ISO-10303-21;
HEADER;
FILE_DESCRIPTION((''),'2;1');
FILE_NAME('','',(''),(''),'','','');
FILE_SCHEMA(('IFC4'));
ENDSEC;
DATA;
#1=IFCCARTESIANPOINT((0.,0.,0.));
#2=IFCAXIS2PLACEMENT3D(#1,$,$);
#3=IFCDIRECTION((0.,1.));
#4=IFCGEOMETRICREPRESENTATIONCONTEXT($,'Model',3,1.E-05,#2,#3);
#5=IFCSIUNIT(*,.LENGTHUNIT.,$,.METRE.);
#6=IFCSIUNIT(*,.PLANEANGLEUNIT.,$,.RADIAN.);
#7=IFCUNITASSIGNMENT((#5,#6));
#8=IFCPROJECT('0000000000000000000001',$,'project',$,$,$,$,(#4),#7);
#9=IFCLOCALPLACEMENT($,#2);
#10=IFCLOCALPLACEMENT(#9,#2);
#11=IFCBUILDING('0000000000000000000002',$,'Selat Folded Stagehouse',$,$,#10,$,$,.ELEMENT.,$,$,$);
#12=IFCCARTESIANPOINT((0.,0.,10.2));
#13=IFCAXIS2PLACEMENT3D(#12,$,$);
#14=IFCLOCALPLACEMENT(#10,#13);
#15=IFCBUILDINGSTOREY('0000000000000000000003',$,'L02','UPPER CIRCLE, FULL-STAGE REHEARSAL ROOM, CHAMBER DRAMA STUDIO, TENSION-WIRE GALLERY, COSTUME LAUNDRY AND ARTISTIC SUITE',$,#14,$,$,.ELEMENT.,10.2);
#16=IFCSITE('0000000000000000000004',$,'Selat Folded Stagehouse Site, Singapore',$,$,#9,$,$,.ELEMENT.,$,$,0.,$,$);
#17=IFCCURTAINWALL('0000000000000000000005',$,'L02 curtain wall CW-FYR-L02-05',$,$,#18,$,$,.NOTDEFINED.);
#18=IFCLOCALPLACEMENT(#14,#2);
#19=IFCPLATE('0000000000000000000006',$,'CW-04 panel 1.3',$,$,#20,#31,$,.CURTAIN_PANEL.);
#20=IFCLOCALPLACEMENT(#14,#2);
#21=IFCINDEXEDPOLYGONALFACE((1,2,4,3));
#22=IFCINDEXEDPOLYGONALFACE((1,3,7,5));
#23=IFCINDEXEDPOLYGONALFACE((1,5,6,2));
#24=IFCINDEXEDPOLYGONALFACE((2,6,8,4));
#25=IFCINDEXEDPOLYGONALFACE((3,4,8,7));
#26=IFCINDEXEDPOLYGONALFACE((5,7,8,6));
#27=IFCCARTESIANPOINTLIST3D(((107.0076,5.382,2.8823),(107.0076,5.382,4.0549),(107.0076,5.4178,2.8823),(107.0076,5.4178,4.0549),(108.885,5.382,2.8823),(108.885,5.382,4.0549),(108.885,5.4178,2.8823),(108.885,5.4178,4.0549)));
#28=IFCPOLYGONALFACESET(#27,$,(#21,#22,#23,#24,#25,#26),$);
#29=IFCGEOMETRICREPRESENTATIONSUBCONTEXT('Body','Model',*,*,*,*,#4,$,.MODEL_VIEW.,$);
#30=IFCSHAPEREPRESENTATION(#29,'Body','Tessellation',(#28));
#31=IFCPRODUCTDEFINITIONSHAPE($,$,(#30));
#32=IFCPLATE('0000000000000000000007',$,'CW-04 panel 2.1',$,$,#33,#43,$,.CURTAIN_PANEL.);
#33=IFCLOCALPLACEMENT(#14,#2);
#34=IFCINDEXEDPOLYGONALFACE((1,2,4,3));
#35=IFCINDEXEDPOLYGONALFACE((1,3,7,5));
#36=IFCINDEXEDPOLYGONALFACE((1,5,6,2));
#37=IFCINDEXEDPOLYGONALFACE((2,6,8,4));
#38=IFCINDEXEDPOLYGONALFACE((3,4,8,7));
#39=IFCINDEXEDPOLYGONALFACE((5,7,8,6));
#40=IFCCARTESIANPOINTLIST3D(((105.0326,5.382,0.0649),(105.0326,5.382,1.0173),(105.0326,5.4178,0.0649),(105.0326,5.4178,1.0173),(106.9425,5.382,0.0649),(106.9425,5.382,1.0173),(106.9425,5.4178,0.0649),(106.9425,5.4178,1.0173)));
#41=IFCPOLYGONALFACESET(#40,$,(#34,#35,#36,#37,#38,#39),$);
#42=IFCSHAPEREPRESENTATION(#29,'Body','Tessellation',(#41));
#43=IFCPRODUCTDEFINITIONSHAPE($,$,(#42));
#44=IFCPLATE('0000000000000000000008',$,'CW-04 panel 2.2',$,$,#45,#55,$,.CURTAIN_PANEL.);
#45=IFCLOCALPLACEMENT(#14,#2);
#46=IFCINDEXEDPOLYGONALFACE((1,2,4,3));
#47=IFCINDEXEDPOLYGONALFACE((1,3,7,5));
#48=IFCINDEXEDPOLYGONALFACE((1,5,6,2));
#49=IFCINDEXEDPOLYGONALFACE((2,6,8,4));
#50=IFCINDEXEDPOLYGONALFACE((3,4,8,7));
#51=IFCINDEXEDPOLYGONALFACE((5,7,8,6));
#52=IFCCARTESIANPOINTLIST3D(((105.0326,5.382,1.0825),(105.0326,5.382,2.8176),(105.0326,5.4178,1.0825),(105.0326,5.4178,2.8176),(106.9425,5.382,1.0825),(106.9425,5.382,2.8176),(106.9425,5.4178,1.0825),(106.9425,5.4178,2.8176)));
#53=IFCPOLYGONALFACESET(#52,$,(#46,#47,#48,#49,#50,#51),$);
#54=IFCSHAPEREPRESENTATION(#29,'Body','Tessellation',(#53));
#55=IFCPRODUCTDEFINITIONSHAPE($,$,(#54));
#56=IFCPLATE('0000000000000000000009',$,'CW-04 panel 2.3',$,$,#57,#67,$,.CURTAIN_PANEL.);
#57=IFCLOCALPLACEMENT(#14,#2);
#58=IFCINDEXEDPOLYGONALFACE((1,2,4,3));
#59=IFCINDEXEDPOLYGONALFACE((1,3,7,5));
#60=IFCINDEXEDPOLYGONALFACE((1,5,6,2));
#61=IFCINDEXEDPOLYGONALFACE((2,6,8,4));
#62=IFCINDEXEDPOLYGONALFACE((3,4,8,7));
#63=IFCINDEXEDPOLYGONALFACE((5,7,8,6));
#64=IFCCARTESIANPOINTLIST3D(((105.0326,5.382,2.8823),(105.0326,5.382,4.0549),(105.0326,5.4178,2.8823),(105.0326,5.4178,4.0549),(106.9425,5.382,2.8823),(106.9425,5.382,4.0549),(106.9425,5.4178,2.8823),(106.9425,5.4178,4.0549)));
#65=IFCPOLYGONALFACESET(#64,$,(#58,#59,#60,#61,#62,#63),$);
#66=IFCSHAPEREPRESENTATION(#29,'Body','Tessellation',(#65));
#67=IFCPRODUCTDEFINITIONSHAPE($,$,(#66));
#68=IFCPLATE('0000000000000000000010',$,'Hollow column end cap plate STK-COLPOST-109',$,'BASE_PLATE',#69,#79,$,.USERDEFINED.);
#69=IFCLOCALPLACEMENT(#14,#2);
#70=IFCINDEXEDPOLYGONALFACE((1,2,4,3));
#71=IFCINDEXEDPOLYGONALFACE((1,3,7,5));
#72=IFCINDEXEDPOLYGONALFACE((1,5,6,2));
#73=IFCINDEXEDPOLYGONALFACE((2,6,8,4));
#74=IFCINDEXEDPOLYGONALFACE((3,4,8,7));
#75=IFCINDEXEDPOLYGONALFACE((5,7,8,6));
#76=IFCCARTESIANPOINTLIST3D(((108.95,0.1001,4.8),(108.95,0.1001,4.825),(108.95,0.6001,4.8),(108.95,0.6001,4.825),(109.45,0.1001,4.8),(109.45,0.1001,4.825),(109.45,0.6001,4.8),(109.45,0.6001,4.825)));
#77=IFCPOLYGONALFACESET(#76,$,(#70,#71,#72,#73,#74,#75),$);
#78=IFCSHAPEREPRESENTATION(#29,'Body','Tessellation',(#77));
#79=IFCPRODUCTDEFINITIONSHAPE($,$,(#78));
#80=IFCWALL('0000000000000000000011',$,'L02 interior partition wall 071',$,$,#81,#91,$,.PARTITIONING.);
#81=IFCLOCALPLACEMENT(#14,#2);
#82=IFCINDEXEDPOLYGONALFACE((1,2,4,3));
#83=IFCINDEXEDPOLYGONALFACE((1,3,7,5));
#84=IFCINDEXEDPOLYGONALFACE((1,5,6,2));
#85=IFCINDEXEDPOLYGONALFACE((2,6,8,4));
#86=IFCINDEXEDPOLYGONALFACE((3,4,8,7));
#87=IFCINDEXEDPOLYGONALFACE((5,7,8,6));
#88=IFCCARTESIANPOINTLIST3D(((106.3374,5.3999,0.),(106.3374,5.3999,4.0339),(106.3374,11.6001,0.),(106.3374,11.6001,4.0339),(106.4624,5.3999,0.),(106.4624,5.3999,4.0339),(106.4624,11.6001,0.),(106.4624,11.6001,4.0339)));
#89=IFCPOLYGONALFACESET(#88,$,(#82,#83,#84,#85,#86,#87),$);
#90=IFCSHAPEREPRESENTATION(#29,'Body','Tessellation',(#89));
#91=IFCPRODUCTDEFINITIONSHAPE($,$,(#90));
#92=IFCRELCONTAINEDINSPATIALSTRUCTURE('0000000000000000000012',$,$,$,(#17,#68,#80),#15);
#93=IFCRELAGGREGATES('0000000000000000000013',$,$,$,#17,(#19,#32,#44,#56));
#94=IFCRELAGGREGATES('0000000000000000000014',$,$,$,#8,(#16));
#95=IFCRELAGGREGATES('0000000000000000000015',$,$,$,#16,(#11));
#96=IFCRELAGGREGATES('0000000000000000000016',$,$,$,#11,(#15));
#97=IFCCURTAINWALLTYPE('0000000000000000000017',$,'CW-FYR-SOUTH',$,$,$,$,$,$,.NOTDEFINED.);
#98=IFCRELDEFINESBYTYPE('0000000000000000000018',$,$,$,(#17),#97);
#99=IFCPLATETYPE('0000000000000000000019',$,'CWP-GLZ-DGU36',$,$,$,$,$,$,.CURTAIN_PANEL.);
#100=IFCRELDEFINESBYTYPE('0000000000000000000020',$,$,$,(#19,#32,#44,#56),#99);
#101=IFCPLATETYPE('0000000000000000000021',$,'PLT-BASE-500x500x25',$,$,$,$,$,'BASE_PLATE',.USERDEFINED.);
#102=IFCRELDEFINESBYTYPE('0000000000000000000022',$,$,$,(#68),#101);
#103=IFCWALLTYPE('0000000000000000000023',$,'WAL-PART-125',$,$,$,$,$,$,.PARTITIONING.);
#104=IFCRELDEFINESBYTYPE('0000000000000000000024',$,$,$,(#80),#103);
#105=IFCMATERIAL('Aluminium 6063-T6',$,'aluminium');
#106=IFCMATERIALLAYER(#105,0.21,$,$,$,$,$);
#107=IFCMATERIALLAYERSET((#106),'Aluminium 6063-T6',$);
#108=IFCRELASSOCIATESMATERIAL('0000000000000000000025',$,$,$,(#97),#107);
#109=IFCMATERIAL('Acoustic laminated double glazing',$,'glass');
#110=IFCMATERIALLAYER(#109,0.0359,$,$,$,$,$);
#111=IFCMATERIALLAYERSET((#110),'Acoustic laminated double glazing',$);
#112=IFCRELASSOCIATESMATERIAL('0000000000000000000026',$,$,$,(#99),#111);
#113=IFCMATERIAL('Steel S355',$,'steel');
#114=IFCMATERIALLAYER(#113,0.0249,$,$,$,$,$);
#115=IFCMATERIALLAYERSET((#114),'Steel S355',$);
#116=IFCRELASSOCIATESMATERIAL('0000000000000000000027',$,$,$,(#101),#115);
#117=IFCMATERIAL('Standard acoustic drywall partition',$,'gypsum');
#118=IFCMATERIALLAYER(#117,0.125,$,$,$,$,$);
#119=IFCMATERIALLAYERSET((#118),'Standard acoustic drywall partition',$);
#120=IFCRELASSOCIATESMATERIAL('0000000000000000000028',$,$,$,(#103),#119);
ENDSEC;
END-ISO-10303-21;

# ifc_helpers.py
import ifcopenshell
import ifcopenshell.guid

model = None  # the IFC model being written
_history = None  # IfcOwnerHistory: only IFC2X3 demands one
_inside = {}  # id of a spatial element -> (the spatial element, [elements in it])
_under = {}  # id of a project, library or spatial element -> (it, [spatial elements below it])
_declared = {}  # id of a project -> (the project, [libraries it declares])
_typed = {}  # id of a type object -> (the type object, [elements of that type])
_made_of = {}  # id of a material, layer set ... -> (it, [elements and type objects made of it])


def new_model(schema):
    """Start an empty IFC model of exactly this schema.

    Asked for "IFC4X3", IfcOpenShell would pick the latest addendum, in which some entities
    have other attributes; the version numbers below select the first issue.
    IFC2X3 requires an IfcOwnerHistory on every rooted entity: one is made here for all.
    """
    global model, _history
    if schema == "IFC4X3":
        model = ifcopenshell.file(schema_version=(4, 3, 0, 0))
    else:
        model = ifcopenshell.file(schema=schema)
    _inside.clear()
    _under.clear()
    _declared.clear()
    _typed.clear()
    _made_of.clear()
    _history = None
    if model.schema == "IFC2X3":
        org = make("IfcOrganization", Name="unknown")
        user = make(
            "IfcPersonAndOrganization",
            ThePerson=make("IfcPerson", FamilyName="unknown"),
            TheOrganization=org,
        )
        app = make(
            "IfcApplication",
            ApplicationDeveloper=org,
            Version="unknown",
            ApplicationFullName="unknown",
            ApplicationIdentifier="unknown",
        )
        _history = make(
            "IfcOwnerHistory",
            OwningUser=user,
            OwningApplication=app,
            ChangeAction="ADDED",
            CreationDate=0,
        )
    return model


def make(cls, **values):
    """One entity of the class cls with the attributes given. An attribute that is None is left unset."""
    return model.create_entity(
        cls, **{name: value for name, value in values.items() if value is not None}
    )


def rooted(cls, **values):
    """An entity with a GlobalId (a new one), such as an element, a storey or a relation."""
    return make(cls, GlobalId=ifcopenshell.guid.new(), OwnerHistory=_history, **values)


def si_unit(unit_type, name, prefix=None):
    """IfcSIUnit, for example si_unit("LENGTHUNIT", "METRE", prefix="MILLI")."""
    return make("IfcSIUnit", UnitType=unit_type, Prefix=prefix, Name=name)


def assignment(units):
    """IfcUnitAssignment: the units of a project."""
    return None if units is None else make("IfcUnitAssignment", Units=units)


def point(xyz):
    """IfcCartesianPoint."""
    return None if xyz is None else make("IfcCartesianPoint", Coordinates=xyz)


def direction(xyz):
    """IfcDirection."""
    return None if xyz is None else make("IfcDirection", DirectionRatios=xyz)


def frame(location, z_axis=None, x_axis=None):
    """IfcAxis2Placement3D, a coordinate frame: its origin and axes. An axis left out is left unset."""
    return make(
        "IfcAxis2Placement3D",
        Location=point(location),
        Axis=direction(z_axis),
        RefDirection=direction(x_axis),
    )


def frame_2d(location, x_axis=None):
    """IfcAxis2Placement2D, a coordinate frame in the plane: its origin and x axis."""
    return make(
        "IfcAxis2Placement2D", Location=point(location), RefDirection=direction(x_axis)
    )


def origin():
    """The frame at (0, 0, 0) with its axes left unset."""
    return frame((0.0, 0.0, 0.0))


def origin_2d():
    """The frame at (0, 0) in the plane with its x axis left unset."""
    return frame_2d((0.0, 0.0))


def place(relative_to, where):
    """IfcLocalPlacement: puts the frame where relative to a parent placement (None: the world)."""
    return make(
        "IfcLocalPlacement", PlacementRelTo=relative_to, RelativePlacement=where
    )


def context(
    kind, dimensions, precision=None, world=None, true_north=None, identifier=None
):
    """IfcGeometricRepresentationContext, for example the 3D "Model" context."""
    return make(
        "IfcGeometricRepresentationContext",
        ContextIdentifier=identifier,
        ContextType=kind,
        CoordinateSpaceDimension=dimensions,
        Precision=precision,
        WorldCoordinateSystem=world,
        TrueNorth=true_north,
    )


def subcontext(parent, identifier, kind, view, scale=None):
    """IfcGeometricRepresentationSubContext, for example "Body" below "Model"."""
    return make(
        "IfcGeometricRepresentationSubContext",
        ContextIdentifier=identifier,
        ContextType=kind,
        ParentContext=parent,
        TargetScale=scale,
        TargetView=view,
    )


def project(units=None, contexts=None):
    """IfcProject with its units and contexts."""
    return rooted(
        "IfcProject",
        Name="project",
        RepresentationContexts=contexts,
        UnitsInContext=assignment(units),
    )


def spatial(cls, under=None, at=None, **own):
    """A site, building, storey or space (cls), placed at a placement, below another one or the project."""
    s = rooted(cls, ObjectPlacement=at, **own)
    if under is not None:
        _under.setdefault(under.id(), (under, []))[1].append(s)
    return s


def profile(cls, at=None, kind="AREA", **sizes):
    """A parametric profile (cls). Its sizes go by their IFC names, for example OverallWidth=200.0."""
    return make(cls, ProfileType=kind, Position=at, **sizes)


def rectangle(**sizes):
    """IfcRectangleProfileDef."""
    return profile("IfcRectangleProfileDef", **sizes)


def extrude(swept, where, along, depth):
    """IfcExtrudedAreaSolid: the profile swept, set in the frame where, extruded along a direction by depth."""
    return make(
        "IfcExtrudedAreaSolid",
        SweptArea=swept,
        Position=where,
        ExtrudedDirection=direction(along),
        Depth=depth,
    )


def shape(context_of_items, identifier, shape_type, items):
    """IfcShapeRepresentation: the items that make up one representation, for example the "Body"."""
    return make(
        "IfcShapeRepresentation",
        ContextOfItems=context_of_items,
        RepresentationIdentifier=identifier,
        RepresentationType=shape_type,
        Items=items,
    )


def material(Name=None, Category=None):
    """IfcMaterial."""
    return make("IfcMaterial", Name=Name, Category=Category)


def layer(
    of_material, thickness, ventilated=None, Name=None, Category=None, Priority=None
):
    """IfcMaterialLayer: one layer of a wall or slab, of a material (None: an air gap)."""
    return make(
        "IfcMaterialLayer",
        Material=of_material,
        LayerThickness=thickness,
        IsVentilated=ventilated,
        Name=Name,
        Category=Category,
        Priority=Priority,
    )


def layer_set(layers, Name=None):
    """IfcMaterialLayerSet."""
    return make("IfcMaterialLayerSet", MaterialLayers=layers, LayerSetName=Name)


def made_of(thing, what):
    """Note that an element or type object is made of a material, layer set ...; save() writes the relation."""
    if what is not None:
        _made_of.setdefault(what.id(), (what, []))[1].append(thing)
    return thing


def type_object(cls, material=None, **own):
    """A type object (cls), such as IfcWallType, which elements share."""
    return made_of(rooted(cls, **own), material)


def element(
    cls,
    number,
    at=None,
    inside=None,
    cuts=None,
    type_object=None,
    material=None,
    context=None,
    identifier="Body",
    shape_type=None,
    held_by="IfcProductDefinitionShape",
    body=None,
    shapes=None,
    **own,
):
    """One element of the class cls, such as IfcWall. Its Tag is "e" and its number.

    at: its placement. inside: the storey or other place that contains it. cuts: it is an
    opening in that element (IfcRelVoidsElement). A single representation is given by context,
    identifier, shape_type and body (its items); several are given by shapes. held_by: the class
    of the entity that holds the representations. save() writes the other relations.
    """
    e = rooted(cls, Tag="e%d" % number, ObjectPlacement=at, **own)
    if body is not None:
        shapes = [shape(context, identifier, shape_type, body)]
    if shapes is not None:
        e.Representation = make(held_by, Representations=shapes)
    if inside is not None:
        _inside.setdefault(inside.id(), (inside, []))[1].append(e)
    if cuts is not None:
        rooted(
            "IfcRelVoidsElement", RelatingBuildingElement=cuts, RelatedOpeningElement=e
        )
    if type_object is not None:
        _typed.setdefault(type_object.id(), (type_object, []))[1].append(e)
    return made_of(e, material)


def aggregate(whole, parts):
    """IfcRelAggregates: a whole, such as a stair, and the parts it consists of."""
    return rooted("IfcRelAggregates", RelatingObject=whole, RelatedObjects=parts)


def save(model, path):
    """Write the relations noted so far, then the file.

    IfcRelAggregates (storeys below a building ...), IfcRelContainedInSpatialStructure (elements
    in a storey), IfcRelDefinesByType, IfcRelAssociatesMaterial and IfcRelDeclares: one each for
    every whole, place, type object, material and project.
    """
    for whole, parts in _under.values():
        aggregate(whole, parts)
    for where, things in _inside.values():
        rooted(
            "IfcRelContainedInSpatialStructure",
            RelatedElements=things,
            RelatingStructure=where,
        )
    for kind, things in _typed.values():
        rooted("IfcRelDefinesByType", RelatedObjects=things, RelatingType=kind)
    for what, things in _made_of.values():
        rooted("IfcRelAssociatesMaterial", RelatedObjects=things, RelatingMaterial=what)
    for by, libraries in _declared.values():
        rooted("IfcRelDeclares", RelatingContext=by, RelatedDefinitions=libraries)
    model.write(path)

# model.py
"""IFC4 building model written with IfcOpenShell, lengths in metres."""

from ifc_helpers import new_model, si_unit, direction, frame, frame_2d, origin, origin_2d, place, context, subcontext, project, spatial, rectangle, extrude, material, layer, layer_set, type_object, element, aggregate, save


model = new_model("IFC4")

# Units and contexts
model_context = context("Model", 3, precision=1e-05, world=origin(), true_north=direction((0.0, 1.0)))
body_context = subcontext(model_context, "Body", "Model", "MODEL_VIEW")
ifc_project = project(units=[si_unit("LENGTHUNIT", "METRE"), si_unit("PLANEANGLEUNIT", "RADIAN")], contexts=[model_context])

# Site, building, storey
site_placement = place(None, origin())
site = spatial("IfcSite", under=ifc_project, at=site_placement, Name="Selat Folded Stagehouse Site, Singapore", CompositionType="ELEMENT", RefElevation=0.0)
building_placement = place(site_placement, origin())
building = spatial("IfcBuilding", under=site, at=building_placement, Name="Selat Folded Stagehouse", CompositionType="ELEMENT")
storey_placement = place(building_placement, frame((0.0, 0.0, 10.2)))
storey = spatial("IfcBuildingStorey", under=building, at=storey_placement, Name="L02", Description="UPPER CIRCLE, FULL-STAGE REHEARSAL ROOM, CHAMBER DRAMA STUDIO, TENSION-WIRE GALLERY, COSTUME LAUNDRY AND ARTISTIC SUITE", CompositionType="ELEMENT", Elevation=10.2)

# Shared definitions
ifc_material_1 = material(Name="Steel S355", Category="steel")

# Curtain wall
ifc_material_2 = material(Name="Aluminium 6063-T6", Category="aluminium")
ifc_layer_1 = layer(ifc_material_2, 0.21)
ifc_layer_set_1 = layer_set([ifc_layer_1], Name="Aluminium 6063-T6")
curtain_wall_type = type_object("IfcCurtainWallType", Name="CW-FYR-SOUTH", PredefinedType="NOTDEFINED", material=ifc_layer_set_1)
curtain_wall_placement = place(storey_placement, origin())
curtain_wall = element("IfcCurtainWall", 1, at=curtain_wall_placement, inside=storey, type_object=curtain_wall_type, Name="L02 curtain wall CW-FYR-L02-05", PredefinedType="NOTDEFINED")

# Plates
ifc_material_3 = material(Name="Acoustic laminated double glazing", Category="glass")
ifc_layer_2 = layer(ifc_material_3, 0.0359)
ifc_layer_set_2 = layer_set([ifc_layer_2], Name="Acoustic laminated double glazing")
plate_type_1 = type_object("IfcPlateType", Name="CWP-GLZ-DGU36", PredefinedType="CURTAIN_PANEL", material=ifc_layer_set_2)
plate_1_placement = place(storey_placement, frame((107.9463, 5.3999, 2.8823), z_axis=(0.0, 0.0, 1.0), x_axis=(-1.0, 0.0, 0.0)))
plate_1 = element("IfcPlate", 2, at=plate_1_placement, type_object=plate_type_1, Name="CW-04 panel 1.3", PredefinedType="CURTAIN_PANEL", context=body_context, shape_type="SweptSolid", body=[
    extrude(rectangle(XDim=1.8774, YDim=0.0359, at=origin_2d()), origin(), (0.0, 0.0, 1.0), 1.1726),
])
plate_2_placement = place(storey_placement, frame((105.9875, 5.3999, 0.0649), z_axis=(0.0, 0.0, 1.0), x_axis=(-1.0, 0.0, 0.0)))
plate_2 = element("IfcPlate", 3, at=plate_2_placement, type_object=plate_type_1, Name="CW-04 panel 2.1", PredefinedType="CURTAIN_PANEL", context=body_context, shape_type="SweptSolid", body=[
    extrude(rectangle(XDim=1.9099, YDim=0.0359, at=origin_2d()), origin(), (0.0, 0.0, 1.0), 0.9524),
])
plate_3_placement = place(storey_placement, frame((105.9875, 5.3999, 1.0825), z_axis=(0.0, 0.0, 1.0), x_axis=(-1.0, 0.0, 0.0)))
plate_3 = element("IfcPlate", 4, at=plate_3_placement, type_object=plate_type_1, Name="CW-04 panel 2.2", PredefinedType="CURTAIN_PANEL", context=body_context, shape_type="SweptSolid", body=[
    extrude(rectangle(XDim=1.9099, YDim=0.0359, at=origin_2d()), origin(), (0.0, 0.0, 1.0), 1.7351),
])
plate_4_placement = place(storey_placement, frame((105.9875, 5.3999, 2.8823), z_axis=(0.0, 0.0, 1.0), x_axis=(-1.0, 0.0, 0.0)))
plate_4 = element("IfcPlate", 5, at=plate_4_placement, type_object=plate_type_1, Name="CW-04 panel 2.3", PredefinedType="CURTAIN_PANEL", context=body_context, shape_type="SweptSolid", body=[
    extrude(rectangle(XDim=1.9099, YDim=0.0359, at=origin_2d()), origin(), (0.0, 0.0, 1.0), 1.1726),
])
aggregate(curtain_wall, [plate_1, plate_2, plate_3, plate_4])
ifc_layer_3 = layer(ifc_material_1, 0.0249)
ifc_layer_set_3 = layer_set([ifc_layer_3], Name="Steel S355")
plate_type_2 = type_object("IfcPlateType", Name="PLT-BASE-500x500x25", ElementType="BASE_PLATE", PredefinedType="USERDEFINED", material=ifc_layer_set_3)
plate_5_placement = place(storey_placement, frame((109.2, 0.3501, 4.8), z_axis=(0.0, 0.0, 1.0), x_axis=(1.0, 0.0, 0.0)))
element("IfcPlate", 6, at=plate_5_placement, inside=storey, type_object=plate_type_2, Name="Hollow column end cap plate STK-COLPOST-109", ObjectType="BASE_PLATE", PredefinedType="USERDEFINED", context=body_context, shape_type="SweptSolid", body=[
    extrude(rectangle(XDim=0.5, YDim=0.5, at=origin_2d()), origin(), (0.0, 0.0, 1.0), 0.0249),
])

# Wall
ifc_material_4 = material(Name="Standard acoustic drywall partition", Category="gypsum")
ifc_layer_4 = layer(ifc_material_4, 0.125)
ifc_layer_set_4 = layer_set([ifc_layer_4], Name="Standard acoustic drywall partition")
wall_type = type_object("IfcWallType", Name="WAL-PART-125", PredefinedType="PARTITIONING", material=ifc_layer_set_4)
wall_placement = place(storey_placement, frame((106.3999, 5.3999, 0.0), z_axis=(0.0, 0.0, 1.0), x_axis=(0.0, 1.0, 0.0)))
element("IfcWall", 7, at=wall_placement, inside=storey, type_object=wall_type, Name="L02 interior partition wall 071", PredefinedType="PARTITIONING", context=body_context, shape_type="SweptSolid", body=[
    extrude(rectangle(XDim=6.2002, YDim=0.125, at=frame_2d((3.1001, 0.0))), origin(), (0.0, 0.0, 1.0), 4.0339),
])

save(model, "model.ifc")
